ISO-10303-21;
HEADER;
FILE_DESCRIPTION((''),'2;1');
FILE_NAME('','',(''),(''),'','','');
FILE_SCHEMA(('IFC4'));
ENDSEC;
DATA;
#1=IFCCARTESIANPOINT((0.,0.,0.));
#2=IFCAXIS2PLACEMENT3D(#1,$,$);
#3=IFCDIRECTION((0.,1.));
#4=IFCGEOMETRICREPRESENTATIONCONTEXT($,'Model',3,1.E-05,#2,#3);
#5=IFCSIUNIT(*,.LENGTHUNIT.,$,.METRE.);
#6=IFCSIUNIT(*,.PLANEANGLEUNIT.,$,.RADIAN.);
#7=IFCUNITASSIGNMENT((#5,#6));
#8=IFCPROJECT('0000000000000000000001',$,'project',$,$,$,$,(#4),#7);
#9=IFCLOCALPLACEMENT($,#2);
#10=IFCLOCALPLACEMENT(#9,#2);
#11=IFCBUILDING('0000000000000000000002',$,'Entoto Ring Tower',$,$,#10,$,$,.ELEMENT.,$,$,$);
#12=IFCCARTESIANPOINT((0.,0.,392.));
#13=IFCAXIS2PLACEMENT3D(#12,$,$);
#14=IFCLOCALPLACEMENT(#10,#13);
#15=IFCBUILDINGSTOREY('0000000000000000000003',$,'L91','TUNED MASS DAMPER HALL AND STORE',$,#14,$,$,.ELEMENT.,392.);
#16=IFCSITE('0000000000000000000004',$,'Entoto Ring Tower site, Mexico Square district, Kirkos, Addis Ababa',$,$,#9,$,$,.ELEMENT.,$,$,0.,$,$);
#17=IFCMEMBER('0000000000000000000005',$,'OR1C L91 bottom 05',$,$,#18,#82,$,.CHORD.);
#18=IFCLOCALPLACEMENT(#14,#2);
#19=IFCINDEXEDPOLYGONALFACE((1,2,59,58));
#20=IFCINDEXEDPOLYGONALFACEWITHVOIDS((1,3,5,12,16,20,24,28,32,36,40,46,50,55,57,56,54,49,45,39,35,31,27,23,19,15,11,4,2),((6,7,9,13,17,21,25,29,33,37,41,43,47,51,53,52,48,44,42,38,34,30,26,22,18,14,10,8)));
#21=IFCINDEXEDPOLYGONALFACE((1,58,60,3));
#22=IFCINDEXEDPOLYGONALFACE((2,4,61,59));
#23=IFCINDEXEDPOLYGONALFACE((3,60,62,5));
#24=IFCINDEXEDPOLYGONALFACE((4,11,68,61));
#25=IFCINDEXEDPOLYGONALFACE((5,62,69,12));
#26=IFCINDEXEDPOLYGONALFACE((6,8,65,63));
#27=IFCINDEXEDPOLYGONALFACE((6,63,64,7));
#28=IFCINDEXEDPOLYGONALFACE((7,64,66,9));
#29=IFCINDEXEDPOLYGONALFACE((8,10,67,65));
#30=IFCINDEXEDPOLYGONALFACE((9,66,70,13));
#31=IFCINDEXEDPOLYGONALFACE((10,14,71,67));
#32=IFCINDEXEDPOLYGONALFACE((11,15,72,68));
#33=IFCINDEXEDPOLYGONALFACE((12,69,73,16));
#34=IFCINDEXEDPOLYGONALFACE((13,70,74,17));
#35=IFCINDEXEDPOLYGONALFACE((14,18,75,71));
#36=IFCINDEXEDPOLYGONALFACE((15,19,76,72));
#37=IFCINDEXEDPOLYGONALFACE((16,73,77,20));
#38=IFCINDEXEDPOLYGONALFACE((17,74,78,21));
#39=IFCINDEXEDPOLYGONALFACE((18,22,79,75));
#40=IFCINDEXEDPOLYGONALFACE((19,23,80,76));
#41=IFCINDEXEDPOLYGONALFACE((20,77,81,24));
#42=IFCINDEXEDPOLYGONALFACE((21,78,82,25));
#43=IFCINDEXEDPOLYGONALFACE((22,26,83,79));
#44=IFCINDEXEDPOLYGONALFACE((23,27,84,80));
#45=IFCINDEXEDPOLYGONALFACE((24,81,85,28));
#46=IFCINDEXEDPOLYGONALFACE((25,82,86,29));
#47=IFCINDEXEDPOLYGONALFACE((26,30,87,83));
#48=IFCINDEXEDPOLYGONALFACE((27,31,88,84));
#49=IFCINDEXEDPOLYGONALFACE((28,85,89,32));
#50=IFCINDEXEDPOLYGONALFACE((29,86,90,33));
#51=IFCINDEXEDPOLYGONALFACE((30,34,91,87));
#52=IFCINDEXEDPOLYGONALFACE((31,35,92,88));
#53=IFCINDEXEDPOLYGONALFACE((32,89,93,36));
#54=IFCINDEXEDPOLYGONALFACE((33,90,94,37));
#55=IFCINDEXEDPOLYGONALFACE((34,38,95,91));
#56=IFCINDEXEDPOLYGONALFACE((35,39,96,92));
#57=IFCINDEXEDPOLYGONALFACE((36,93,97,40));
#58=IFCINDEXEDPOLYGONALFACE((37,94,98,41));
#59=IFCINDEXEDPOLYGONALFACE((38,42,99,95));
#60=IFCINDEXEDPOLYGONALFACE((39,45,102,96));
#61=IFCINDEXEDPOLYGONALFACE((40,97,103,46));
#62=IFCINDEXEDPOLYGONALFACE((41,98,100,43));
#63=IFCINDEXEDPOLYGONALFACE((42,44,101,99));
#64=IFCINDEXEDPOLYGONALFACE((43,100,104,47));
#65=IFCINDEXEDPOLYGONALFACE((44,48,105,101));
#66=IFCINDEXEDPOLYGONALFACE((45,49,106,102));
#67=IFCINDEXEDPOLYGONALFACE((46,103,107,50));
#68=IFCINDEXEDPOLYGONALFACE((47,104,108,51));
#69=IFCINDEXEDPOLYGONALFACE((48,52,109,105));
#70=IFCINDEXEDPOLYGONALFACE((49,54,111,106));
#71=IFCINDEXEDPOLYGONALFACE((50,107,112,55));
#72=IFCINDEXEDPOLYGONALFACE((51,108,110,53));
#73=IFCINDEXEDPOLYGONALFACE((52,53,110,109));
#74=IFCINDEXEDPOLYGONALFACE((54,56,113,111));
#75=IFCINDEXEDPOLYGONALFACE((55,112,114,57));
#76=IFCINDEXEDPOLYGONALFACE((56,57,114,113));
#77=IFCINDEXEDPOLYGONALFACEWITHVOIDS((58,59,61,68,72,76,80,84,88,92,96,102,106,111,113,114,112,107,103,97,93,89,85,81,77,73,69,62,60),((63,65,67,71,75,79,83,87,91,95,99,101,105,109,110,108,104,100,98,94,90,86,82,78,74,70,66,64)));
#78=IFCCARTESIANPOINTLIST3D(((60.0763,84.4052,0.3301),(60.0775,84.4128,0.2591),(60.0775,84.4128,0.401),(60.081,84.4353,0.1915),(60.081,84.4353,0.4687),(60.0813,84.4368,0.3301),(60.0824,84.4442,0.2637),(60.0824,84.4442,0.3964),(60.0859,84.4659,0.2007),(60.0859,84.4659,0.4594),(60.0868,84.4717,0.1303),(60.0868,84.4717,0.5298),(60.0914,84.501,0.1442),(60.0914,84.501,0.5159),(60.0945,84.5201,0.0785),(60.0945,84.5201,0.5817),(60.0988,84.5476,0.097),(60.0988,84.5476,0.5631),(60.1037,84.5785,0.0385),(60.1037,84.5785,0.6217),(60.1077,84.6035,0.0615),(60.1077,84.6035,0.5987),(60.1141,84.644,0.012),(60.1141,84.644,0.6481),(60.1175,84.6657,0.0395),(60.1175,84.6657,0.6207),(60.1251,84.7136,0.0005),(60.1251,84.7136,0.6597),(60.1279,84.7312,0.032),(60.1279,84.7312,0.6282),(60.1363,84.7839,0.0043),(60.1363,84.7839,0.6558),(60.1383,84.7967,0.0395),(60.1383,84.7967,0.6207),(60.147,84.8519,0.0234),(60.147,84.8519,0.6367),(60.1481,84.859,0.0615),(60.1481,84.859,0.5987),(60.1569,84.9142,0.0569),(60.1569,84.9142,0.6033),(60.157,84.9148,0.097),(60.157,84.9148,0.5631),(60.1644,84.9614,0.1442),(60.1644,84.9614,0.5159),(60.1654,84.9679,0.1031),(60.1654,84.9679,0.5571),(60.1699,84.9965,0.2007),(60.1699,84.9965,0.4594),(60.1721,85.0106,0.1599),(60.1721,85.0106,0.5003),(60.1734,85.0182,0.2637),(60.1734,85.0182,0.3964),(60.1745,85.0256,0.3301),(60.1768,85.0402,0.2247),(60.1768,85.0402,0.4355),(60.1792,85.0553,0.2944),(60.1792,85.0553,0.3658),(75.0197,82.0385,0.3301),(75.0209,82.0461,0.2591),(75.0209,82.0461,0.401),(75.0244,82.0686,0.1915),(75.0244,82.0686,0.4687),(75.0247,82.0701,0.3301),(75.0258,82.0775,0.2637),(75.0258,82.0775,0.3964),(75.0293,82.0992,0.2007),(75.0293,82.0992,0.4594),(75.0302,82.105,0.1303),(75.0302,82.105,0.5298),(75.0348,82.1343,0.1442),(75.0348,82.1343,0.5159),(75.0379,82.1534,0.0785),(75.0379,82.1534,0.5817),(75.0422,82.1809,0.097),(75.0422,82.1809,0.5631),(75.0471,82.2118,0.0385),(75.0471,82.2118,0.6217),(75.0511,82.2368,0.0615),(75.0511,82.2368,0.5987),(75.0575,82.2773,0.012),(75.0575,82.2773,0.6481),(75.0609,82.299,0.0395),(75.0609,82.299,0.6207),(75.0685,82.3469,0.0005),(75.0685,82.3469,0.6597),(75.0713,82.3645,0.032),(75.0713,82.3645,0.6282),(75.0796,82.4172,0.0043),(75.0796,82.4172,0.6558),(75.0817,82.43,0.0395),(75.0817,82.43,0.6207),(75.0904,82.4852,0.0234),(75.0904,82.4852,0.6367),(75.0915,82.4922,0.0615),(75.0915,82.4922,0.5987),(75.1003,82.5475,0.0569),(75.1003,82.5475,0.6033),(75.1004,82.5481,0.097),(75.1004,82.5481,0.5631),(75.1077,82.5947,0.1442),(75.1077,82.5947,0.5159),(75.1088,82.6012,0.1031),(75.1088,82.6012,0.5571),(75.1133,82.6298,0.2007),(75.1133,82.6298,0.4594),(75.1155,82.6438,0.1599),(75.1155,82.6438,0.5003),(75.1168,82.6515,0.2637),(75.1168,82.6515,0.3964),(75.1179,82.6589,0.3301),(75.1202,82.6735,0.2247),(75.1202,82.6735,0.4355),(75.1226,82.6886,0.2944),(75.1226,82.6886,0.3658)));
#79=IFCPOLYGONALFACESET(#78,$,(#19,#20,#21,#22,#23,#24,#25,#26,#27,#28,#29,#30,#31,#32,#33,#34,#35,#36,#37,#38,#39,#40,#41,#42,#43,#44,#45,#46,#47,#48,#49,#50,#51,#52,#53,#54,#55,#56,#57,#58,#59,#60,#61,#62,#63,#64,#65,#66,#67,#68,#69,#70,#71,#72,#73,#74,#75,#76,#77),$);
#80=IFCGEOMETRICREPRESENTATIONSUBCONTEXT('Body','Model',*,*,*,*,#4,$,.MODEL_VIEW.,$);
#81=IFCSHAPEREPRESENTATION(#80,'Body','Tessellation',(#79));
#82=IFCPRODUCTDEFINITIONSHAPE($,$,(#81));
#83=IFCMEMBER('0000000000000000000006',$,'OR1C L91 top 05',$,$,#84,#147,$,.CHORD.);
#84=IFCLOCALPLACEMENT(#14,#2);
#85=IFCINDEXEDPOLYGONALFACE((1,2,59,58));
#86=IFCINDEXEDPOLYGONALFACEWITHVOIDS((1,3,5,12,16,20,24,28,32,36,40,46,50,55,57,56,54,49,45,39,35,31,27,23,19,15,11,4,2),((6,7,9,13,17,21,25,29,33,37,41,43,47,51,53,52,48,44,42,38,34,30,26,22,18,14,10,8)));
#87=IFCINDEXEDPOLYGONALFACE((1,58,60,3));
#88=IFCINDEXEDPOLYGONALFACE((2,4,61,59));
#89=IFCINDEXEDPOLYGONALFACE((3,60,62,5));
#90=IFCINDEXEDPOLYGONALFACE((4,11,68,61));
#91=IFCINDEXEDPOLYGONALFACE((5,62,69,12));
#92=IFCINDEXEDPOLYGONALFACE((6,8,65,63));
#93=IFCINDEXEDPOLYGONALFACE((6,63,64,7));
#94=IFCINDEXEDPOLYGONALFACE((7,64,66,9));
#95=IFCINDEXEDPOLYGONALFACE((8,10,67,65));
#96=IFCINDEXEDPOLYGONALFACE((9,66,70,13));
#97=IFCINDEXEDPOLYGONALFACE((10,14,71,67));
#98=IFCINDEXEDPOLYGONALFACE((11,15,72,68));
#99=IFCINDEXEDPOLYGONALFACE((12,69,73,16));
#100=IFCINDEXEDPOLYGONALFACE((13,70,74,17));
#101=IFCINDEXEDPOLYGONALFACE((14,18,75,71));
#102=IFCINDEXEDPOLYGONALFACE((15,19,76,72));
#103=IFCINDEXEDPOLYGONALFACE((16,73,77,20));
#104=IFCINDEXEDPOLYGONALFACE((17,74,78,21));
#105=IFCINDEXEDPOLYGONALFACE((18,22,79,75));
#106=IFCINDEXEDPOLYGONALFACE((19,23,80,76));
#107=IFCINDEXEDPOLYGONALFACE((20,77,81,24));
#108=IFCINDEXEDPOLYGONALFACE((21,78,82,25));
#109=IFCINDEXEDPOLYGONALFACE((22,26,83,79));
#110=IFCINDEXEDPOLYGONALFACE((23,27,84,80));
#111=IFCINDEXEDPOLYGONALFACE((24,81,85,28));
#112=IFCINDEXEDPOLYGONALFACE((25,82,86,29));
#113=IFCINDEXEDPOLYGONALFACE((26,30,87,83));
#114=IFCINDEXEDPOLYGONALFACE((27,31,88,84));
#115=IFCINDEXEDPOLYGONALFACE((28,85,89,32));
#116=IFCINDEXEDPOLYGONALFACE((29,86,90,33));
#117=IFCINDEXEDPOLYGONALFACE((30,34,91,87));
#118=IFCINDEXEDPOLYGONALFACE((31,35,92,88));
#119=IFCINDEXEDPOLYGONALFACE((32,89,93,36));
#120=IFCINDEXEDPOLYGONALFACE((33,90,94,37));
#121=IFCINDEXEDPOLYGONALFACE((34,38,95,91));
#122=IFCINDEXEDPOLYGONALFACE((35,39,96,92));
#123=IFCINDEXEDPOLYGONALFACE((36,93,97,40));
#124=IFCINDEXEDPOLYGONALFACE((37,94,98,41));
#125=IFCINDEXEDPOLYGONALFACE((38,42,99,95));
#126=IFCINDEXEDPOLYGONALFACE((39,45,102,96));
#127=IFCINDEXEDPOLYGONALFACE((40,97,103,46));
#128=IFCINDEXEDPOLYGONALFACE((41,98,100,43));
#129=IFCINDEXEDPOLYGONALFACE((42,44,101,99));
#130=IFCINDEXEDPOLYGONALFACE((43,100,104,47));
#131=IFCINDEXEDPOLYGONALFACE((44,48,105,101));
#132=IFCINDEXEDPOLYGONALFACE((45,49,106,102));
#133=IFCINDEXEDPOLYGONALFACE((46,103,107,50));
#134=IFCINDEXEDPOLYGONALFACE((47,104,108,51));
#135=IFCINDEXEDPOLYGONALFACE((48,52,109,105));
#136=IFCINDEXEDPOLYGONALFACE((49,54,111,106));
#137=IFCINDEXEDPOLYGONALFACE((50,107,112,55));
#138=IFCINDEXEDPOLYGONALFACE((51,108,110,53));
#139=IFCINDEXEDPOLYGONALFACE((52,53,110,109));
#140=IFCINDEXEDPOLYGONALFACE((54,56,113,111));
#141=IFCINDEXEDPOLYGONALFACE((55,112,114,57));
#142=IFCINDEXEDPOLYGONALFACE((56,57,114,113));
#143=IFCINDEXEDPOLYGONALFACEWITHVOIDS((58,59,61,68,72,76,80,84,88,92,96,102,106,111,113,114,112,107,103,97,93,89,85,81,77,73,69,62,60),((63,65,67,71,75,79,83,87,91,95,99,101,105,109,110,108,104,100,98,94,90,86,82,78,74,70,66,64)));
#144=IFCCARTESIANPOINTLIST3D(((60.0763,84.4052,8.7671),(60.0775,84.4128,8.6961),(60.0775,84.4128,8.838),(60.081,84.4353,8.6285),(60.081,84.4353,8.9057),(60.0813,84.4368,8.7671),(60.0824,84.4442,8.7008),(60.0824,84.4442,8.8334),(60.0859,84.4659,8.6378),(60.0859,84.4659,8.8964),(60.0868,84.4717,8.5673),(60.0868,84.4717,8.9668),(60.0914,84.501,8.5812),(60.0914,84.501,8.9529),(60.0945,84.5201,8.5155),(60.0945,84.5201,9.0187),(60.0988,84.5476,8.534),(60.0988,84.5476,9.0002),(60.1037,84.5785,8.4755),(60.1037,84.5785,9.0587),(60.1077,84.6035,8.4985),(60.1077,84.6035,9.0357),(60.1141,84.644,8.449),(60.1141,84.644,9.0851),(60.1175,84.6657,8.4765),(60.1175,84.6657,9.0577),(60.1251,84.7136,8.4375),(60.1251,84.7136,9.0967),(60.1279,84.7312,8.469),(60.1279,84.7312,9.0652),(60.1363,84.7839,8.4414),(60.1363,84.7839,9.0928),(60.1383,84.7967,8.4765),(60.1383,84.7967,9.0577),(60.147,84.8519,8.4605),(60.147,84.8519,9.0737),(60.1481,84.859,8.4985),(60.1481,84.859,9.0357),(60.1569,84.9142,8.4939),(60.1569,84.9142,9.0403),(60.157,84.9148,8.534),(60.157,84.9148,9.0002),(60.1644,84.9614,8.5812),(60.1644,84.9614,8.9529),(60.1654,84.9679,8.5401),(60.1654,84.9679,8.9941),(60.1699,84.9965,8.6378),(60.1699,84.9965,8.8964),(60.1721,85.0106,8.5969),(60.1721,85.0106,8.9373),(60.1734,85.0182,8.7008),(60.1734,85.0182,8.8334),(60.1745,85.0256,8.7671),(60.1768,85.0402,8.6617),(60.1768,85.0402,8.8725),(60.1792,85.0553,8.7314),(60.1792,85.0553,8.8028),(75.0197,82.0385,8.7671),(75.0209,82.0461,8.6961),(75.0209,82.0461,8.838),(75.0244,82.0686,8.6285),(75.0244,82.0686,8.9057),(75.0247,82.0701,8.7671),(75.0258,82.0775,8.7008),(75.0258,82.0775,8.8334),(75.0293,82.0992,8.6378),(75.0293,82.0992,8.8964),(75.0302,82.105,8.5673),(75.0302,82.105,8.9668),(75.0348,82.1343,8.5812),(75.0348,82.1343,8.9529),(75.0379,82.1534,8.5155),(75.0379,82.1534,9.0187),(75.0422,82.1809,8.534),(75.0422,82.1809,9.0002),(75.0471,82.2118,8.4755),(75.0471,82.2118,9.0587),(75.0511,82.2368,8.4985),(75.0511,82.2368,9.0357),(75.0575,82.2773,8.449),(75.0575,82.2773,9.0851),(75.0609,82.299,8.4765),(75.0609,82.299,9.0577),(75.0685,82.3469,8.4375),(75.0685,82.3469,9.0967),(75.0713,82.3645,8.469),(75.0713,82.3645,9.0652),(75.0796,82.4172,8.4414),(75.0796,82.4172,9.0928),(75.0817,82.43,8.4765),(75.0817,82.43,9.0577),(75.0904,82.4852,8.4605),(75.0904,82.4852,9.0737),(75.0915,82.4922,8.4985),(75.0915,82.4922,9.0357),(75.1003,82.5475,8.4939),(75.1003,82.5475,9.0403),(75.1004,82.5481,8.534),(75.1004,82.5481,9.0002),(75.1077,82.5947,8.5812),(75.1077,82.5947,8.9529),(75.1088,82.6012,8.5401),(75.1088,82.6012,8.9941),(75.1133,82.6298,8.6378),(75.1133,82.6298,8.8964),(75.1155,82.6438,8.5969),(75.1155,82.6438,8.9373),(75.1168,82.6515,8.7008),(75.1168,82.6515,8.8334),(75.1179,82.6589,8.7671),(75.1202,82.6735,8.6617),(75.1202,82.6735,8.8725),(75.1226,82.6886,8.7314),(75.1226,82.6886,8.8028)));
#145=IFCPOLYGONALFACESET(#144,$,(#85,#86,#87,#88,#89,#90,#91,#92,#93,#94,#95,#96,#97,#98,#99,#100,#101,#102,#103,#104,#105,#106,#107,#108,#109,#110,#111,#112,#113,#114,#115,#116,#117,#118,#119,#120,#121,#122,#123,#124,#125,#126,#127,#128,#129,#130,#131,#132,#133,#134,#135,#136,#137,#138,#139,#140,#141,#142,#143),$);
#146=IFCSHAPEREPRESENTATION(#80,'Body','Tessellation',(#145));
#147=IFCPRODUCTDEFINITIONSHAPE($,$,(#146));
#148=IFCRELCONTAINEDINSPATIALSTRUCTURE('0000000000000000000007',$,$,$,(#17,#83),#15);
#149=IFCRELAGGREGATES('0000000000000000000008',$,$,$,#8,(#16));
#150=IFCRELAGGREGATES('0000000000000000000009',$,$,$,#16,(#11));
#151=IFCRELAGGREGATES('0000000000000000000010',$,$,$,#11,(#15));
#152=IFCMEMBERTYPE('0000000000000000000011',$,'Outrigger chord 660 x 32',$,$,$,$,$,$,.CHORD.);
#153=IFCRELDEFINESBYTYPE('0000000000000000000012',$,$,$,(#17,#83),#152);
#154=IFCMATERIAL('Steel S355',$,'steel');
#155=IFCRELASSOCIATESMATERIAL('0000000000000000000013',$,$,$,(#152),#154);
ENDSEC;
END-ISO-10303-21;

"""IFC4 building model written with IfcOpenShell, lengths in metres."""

from ifc_helpers import new_model, si_unit, direction, frame, origin, origin_2d, place, context, subcontext, project, spatial, circle, hollow_circle, extrude, material, material_profile, profile_set, type_object, element, save


model = new_model("IFC4")

# Units and contexts
model_context = context("Model", 3, precision=1e-05, world=origin(), true_north=direction((0.0, 1.0)))
body_context = subcontext(model_context, "Body", "Model", "MODEL_VIEW")
ifc_project = project(units=[si_unit("LENGTHUNIT", "METRE"), si_unit("PLANEANGLEUNIT", "RADIAN")], contexts=[model_context])

# Site, building, storey
site_placement = place(None, origin())
site = spatial("IfcSite", under=ifc_project, at=site_placement, Name="Entoto Ring Tower site, Mexico Square district, Kirkos, Addis Ababa", CompositionType="ELEMENT", RefElevation=0.0)
building_placement = place(site_placement, origin())
building = spatial("IfcBuilding", under=site, at=building_placement, Name="Entoto Ring Tower", CompositionType="ELEMENT")
storey_placement = place(building_placement, frame((0.0, 0.0, 392.0)))
storey = spatial("IfcBuildingStorey", under=building, at=storey_placement, Name="L91", Description="TUNED MASS DAMPER HALL AND STORE", CompositionType="ELEMENT", Elevation=392.0)

# Members
ifc_material_1 = material(Name="Steel S355", Category="steel")
ifc_material_profile_1 = material_profile(ifc_material_1, hollow_circle(Radius=0.3301, WallThickness=0.032, at=origin_2d()), Name="CHS 660 x 32")
ifc_material_2 = material(Name="Concrete C60/75", Category="concrete")
ifc_material_profile_2 = material_profile(ifc_material_2, circle(Radius=0.2981, at=origin_2d()), Name="Concrete C60/75 infill")
ifc_profile_set_1 = profile_set([ifc_material_profile_1, ifc_material_profile_2], Name="Steel S355")
member_type_1 = type_object("IfcMemberType", Name="Outrigger chord 660 x 32", PredefinedType="CHORD", material=ifc_profile_set_1)
for number, where, z_axis, x_axis, name in (
    (1, (75.0713, 82.3645, 0.3301), (-0.987689, 0.156428, 0.0), (-0.156428, -0.987689, 0.0), "OR1C L91 bottom 05"),
    (2, (75.0713, 82.3645, 8.7671), (-0.987689, 0.156428, 0.0), (-0.156428, -0.987689, 0.0), "OR1C L91 top 05"),
):
    element("IfcMember", number, at=place(storey_placement, frame(where, z_axis=z_axis, x_axis=x_axis)), inside=storey, type_object=member_type_1, Name=name, PredefinedType="CHORD", context=body_context, shape_type="SweptSolid", body=[
        extrude(hollow_circle(Radius=0.3301, WallThickness=0.032, at=origin_2d()), origin(), (0.0, 0.0, 1.0), 15.1296),
    ])

save(model, "model.ifc")
